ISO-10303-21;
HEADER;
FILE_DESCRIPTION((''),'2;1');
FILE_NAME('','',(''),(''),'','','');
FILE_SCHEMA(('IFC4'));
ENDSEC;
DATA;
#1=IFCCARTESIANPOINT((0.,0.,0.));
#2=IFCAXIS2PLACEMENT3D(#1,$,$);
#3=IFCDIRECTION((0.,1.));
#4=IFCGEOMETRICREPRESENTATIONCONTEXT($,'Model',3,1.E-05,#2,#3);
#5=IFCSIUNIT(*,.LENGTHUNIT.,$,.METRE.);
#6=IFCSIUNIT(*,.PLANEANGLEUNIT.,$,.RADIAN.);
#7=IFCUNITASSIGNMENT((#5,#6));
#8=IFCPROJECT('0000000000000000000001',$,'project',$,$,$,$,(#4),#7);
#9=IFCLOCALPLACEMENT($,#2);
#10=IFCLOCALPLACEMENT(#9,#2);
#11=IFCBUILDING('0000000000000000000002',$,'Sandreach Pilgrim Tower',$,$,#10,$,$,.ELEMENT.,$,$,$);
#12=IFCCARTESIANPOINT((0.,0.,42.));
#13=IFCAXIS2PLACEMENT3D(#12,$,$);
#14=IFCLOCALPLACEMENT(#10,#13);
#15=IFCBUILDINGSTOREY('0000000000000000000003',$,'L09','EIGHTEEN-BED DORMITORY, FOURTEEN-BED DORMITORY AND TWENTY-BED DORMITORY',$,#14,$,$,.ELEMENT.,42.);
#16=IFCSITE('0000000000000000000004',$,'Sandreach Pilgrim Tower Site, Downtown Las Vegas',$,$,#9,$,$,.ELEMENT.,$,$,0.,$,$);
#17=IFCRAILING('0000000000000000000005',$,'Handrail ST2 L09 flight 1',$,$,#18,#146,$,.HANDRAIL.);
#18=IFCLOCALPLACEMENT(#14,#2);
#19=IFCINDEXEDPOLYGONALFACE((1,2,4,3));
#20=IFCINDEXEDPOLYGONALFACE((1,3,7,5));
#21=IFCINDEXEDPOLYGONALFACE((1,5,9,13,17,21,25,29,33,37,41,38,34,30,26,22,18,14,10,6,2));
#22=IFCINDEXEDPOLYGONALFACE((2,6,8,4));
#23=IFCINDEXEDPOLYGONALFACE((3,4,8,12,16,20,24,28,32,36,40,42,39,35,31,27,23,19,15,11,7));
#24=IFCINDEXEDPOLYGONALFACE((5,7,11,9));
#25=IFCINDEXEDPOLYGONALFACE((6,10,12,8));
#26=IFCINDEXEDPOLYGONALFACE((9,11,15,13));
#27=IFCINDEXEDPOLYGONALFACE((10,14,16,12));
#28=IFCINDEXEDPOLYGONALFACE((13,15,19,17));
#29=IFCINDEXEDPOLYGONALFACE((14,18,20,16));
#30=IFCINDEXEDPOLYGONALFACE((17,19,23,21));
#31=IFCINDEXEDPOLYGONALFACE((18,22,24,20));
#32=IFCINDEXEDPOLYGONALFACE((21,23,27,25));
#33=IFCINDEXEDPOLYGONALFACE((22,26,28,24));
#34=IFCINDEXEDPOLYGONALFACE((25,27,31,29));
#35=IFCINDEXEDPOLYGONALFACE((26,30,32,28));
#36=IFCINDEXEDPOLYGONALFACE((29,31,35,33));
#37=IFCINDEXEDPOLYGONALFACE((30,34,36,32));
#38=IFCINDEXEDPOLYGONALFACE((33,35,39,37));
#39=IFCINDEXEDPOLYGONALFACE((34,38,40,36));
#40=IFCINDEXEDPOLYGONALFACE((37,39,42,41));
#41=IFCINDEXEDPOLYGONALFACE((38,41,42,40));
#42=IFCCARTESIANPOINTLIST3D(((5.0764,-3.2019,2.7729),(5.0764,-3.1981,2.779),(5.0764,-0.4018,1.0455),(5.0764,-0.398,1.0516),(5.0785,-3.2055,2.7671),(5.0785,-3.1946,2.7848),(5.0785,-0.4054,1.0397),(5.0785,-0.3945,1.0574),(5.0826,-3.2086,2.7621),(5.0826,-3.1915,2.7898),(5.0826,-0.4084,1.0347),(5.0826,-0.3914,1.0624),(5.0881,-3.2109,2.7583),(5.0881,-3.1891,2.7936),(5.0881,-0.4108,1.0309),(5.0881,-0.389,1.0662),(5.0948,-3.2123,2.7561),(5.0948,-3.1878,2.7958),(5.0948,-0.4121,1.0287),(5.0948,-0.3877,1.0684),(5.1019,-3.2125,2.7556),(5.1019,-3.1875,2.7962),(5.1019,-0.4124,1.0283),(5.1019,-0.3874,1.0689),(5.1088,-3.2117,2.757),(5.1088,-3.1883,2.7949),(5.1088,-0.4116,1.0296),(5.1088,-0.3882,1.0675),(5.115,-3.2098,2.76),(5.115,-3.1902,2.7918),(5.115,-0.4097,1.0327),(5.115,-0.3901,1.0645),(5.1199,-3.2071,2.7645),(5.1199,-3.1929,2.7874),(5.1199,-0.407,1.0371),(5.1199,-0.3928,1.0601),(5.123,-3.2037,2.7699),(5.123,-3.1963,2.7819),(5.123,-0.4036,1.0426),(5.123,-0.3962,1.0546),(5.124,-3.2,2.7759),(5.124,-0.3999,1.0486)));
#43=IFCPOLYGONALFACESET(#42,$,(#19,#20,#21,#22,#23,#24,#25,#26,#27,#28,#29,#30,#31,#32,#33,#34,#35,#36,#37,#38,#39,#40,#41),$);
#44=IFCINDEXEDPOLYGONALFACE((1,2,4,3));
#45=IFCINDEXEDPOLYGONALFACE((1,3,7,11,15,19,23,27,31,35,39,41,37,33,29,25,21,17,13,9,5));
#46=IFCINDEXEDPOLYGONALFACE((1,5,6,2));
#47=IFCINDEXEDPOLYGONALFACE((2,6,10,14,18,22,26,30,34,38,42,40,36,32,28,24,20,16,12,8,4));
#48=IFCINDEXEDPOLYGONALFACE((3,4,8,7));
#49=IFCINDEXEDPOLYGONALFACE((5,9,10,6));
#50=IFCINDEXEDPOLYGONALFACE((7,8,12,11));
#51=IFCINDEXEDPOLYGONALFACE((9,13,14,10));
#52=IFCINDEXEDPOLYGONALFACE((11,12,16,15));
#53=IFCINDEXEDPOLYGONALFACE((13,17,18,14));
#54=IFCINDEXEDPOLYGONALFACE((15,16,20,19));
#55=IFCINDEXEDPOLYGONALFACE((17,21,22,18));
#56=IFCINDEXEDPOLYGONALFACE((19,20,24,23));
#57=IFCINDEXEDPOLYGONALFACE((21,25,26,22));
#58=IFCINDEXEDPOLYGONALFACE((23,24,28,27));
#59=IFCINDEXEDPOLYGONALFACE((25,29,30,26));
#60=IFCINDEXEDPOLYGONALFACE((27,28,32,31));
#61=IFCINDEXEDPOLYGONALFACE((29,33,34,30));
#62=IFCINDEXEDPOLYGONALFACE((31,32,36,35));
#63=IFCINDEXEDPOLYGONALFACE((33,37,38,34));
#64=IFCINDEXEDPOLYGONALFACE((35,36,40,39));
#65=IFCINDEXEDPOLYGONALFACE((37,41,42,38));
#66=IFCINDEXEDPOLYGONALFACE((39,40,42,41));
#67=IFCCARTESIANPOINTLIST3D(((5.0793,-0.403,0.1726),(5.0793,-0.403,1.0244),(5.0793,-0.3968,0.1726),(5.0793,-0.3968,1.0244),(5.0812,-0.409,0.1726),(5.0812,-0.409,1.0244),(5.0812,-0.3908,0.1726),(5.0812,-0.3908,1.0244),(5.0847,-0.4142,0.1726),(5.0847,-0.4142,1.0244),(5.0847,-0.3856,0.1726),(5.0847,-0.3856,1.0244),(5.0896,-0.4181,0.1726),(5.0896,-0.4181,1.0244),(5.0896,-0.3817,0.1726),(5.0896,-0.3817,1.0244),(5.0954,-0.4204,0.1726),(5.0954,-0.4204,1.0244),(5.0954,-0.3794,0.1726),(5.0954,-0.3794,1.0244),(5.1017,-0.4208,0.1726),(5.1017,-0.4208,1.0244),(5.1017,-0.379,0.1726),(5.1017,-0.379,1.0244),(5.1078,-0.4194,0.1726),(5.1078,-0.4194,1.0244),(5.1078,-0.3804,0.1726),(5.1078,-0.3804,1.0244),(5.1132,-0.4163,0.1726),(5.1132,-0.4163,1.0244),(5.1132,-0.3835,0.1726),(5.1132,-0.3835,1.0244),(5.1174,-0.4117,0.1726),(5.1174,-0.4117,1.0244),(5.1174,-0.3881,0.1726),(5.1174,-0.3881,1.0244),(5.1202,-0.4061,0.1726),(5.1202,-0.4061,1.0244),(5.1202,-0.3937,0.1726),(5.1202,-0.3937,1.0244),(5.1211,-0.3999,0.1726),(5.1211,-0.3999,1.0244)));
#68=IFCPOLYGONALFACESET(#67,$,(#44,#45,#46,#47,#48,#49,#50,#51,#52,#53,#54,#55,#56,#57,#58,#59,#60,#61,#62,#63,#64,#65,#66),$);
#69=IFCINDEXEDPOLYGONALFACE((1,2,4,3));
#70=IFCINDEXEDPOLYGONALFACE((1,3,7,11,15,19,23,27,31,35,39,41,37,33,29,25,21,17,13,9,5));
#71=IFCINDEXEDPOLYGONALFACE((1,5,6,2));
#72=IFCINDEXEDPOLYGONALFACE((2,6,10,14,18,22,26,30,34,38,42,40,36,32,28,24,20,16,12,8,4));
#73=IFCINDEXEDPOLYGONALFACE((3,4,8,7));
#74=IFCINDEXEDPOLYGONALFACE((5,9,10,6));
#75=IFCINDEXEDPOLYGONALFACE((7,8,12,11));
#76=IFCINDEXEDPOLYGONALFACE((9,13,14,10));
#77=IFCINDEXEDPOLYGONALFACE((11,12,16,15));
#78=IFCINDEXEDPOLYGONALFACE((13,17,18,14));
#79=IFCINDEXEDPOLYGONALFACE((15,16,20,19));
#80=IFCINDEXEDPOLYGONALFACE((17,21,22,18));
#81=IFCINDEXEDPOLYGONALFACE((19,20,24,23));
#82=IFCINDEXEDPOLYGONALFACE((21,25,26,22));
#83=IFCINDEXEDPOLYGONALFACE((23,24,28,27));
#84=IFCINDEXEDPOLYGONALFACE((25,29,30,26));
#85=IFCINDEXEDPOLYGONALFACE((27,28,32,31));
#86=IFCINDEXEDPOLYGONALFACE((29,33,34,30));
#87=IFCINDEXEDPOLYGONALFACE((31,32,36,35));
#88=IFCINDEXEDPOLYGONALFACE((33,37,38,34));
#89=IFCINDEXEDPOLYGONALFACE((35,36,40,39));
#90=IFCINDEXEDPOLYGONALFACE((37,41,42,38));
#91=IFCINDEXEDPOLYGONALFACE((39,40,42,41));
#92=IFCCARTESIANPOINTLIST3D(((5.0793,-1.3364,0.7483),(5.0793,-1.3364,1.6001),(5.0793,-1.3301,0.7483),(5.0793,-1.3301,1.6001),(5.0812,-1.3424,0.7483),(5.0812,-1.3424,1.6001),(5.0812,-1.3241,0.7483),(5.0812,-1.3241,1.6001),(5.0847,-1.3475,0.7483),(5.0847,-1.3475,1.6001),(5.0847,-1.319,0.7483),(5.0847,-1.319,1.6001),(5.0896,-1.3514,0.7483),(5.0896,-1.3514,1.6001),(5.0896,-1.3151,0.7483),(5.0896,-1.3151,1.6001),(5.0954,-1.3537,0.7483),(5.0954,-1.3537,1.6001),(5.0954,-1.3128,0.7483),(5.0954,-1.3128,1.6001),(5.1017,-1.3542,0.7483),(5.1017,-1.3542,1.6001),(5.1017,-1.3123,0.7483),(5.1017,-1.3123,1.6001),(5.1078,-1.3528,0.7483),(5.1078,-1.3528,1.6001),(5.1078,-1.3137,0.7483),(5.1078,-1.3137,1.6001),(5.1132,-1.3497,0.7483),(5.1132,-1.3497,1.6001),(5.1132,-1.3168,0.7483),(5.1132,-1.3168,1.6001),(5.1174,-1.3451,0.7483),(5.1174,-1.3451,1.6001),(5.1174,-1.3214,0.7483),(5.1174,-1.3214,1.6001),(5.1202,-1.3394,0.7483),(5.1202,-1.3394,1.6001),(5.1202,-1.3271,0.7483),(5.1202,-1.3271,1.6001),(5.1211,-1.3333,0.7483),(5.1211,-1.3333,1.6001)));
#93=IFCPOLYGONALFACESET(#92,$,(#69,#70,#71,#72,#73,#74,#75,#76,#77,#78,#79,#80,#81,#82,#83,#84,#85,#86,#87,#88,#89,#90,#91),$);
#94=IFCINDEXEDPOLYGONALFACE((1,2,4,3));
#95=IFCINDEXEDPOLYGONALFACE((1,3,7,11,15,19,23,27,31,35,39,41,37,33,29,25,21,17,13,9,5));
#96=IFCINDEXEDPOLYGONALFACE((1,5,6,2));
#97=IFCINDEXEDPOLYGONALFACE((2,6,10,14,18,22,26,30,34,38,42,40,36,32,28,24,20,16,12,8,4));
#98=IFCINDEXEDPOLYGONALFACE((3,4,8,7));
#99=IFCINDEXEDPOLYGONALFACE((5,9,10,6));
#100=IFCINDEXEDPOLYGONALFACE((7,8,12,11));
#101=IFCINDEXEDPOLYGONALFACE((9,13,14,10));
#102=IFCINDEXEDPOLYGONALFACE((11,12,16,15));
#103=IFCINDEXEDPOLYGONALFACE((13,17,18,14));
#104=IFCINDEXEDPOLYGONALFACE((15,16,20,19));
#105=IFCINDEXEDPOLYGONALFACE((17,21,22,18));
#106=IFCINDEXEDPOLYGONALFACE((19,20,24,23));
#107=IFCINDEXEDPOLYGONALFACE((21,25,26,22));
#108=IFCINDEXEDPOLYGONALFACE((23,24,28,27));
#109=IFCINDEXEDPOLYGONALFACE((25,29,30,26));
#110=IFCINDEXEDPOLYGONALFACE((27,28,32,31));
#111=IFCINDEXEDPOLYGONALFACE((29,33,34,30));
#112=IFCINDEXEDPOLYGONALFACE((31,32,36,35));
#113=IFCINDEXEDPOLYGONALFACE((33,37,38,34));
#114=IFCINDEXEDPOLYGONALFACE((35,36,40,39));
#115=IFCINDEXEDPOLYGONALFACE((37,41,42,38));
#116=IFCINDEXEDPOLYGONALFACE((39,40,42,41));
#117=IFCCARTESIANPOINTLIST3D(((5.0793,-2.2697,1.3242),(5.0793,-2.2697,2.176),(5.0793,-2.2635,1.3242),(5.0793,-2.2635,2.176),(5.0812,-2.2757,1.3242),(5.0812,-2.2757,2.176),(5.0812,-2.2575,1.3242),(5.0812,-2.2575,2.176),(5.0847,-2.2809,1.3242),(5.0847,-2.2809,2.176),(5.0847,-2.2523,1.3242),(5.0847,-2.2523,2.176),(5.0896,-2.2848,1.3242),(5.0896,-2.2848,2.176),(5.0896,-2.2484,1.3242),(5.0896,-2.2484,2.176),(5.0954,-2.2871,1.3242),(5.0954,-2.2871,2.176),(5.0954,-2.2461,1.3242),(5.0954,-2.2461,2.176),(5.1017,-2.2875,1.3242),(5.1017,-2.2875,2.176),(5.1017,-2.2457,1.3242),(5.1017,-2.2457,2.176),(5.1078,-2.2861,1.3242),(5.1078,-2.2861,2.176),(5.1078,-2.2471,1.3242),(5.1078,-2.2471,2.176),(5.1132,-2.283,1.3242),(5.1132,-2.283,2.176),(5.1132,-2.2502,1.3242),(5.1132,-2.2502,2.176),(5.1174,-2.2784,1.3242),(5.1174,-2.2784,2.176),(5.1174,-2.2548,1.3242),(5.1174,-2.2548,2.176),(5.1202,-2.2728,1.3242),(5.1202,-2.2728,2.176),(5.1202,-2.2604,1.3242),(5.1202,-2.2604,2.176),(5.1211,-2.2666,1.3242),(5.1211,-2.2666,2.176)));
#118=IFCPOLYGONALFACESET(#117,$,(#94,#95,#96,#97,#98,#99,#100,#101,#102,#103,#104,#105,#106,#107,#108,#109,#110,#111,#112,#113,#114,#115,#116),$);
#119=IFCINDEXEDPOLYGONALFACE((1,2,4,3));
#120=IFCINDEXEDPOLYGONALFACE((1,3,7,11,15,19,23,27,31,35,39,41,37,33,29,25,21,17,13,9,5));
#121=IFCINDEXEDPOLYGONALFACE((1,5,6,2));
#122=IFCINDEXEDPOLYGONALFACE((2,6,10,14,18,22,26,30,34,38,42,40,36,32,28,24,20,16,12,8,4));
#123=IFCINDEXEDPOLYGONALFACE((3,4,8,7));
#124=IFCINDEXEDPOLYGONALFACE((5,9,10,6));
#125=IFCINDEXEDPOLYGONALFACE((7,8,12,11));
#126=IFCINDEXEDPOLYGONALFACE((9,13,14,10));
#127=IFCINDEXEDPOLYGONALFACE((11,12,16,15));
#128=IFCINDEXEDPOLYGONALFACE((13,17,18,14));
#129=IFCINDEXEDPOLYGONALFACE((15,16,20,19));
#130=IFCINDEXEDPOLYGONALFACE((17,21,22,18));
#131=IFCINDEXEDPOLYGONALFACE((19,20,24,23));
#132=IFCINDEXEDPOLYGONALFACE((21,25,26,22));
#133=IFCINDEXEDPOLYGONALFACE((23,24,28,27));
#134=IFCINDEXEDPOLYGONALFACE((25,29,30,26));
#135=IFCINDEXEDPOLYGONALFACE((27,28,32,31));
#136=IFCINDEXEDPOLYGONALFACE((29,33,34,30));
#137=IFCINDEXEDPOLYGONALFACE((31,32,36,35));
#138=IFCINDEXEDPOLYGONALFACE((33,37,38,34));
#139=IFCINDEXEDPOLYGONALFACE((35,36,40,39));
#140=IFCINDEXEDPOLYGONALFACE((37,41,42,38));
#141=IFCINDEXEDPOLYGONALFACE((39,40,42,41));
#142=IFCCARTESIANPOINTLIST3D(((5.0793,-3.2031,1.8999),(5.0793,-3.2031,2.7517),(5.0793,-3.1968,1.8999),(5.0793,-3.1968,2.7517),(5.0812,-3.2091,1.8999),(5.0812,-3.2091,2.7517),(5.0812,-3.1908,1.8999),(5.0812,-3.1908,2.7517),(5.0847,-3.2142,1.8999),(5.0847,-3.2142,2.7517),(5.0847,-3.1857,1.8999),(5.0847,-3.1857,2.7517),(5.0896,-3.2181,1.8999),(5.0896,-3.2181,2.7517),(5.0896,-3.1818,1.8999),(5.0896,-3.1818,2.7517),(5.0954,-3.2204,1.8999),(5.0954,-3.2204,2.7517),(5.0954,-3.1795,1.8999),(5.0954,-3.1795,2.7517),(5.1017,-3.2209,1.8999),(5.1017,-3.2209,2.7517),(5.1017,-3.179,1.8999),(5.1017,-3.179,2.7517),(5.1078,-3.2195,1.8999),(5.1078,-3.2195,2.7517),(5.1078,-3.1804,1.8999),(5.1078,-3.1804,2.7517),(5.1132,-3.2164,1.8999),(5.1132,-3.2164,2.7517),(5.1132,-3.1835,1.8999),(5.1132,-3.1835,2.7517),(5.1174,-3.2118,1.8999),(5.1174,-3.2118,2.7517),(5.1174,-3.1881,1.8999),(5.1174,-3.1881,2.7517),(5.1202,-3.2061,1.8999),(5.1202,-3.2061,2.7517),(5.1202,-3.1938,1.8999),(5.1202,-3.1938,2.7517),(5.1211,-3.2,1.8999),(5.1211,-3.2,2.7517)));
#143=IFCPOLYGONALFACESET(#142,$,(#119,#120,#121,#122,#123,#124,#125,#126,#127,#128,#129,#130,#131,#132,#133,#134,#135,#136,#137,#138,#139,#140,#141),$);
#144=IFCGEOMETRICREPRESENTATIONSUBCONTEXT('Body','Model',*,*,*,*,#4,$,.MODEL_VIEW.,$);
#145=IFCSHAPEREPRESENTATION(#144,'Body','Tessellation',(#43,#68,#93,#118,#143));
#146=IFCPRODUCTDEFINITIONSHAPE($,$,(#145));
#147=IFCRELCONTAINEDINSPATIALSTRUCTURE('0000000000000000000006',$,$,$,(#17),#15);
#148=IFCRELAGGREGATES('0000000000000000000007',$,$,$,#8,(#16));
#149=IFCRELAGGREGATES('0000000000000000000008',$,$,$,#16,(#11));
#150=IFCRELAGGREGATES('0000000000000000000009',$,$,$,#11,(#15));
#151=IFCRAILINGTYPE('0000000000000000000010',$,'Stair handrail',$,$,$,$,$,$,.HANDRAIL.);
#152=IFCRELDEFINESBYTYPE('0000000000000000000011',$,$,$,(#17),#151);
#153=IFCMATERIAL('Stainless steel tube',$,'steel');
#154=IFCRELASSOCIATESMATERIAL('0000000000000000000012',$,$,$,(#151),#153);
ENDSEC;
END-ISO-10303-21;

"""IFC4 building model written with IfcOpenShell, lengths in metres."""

from ifc_helpers import new_model, si_unit, direction, frame, origin, origin_2d, place, context, subcontext, project, spatial, circle, extrude, material, type_object, element, save


model = new_model("IFC4")

# Units and contexts
model_context = context("Model", 3, precision=1e-05, world=origin(), true_north=direction((0.0, 1.0)))
body_context = subcontext(model_context, "Body", "Model", "MODEL_VIEW")
ifc_project = project(units=[si_unit("LENGTHUNIT", "METRE"), si_unit("PLANEANGLEUNIT", "RADIAN")], contexts=[model_context])

# Site, building, storey
site_placement = place(None, origin())
site = spatial("IfcSite", under=ifc_project, at=site_placement, Name="Sandreach Pilgrim Tower Site, Downtown Las Vegas", CompositionType="ELEMENT", RefElevation=0.0)
building_placement = place(site_placement, origin())
building = spatial("IfcBuilding", under=site, at=building_placement, Name="Sandreach Pilgrim Tower", CompositionType="ELEMENT")
storey_placement = place(building_placement, frame((0.0, 0.0, 42.0)))
storey = spatial("IfcBuildingStorey", under=building, at=storey_placement, Name="L09", Description="EIGHTEEN-BED DORMITORY, FOURTEEN-BED DORMITORY AND TWENTY-BED DORMITORY", CompositionType="ELEMENT", Elevation=42.0)

# Railing
ifc_material_1 = material(Name="Stainless steel tube", Category="steel")
railing_type = type_object("IfcRailingType", Name="Stair handrail", PredefinedType="HANDRAIL", material=ifc_material_1)
for number, where, name in (
    (1, (5.1001, -0.3999, 0.1726), "Handrail ST2 L09 flight 1"),
):
    element("IfcRailing", number, at=place(storey_placement, frame(where)), inside=storey, type_object=railing_type, Name=name, PredefinedType="HANDRAIL", context=body_context, shape_type="SweptSolid", body=[
        extrude(circle(Radius=0.0239, at=origin_2d()), frame((0.0, 0.0, 0.876), z_axis=(0.0, -0.85109, 0.52502), x_axis=(1.0, 0.0, 0.0)), (0.0, 0.0, 1.0), 3.29),
        extrude(circle(Radius=0.021, at=origin_2d()), origin(), (0.0, 0.0, 1.0), 0.8518),
        extrude(circle(Radius=0.021, at=origin_2d()), frame((0.0, -0.9333, 0.5757)), (0.0, 0.0, 1.0), 0.8518),
        extrude(circle(Radius=0.021, at=origin_2d()), frame((0.0, -1.8667, 1.1516)), (0.0, 0.0, 1.0), 0.8518),
        extrude(circle(Radius=0.021, at=origin_2d()), frame((0.0, -2.8, 1.7273)), (0.0, 0.0, 1.0), 0.8518),
    ])

save(model, "model.ifc")
